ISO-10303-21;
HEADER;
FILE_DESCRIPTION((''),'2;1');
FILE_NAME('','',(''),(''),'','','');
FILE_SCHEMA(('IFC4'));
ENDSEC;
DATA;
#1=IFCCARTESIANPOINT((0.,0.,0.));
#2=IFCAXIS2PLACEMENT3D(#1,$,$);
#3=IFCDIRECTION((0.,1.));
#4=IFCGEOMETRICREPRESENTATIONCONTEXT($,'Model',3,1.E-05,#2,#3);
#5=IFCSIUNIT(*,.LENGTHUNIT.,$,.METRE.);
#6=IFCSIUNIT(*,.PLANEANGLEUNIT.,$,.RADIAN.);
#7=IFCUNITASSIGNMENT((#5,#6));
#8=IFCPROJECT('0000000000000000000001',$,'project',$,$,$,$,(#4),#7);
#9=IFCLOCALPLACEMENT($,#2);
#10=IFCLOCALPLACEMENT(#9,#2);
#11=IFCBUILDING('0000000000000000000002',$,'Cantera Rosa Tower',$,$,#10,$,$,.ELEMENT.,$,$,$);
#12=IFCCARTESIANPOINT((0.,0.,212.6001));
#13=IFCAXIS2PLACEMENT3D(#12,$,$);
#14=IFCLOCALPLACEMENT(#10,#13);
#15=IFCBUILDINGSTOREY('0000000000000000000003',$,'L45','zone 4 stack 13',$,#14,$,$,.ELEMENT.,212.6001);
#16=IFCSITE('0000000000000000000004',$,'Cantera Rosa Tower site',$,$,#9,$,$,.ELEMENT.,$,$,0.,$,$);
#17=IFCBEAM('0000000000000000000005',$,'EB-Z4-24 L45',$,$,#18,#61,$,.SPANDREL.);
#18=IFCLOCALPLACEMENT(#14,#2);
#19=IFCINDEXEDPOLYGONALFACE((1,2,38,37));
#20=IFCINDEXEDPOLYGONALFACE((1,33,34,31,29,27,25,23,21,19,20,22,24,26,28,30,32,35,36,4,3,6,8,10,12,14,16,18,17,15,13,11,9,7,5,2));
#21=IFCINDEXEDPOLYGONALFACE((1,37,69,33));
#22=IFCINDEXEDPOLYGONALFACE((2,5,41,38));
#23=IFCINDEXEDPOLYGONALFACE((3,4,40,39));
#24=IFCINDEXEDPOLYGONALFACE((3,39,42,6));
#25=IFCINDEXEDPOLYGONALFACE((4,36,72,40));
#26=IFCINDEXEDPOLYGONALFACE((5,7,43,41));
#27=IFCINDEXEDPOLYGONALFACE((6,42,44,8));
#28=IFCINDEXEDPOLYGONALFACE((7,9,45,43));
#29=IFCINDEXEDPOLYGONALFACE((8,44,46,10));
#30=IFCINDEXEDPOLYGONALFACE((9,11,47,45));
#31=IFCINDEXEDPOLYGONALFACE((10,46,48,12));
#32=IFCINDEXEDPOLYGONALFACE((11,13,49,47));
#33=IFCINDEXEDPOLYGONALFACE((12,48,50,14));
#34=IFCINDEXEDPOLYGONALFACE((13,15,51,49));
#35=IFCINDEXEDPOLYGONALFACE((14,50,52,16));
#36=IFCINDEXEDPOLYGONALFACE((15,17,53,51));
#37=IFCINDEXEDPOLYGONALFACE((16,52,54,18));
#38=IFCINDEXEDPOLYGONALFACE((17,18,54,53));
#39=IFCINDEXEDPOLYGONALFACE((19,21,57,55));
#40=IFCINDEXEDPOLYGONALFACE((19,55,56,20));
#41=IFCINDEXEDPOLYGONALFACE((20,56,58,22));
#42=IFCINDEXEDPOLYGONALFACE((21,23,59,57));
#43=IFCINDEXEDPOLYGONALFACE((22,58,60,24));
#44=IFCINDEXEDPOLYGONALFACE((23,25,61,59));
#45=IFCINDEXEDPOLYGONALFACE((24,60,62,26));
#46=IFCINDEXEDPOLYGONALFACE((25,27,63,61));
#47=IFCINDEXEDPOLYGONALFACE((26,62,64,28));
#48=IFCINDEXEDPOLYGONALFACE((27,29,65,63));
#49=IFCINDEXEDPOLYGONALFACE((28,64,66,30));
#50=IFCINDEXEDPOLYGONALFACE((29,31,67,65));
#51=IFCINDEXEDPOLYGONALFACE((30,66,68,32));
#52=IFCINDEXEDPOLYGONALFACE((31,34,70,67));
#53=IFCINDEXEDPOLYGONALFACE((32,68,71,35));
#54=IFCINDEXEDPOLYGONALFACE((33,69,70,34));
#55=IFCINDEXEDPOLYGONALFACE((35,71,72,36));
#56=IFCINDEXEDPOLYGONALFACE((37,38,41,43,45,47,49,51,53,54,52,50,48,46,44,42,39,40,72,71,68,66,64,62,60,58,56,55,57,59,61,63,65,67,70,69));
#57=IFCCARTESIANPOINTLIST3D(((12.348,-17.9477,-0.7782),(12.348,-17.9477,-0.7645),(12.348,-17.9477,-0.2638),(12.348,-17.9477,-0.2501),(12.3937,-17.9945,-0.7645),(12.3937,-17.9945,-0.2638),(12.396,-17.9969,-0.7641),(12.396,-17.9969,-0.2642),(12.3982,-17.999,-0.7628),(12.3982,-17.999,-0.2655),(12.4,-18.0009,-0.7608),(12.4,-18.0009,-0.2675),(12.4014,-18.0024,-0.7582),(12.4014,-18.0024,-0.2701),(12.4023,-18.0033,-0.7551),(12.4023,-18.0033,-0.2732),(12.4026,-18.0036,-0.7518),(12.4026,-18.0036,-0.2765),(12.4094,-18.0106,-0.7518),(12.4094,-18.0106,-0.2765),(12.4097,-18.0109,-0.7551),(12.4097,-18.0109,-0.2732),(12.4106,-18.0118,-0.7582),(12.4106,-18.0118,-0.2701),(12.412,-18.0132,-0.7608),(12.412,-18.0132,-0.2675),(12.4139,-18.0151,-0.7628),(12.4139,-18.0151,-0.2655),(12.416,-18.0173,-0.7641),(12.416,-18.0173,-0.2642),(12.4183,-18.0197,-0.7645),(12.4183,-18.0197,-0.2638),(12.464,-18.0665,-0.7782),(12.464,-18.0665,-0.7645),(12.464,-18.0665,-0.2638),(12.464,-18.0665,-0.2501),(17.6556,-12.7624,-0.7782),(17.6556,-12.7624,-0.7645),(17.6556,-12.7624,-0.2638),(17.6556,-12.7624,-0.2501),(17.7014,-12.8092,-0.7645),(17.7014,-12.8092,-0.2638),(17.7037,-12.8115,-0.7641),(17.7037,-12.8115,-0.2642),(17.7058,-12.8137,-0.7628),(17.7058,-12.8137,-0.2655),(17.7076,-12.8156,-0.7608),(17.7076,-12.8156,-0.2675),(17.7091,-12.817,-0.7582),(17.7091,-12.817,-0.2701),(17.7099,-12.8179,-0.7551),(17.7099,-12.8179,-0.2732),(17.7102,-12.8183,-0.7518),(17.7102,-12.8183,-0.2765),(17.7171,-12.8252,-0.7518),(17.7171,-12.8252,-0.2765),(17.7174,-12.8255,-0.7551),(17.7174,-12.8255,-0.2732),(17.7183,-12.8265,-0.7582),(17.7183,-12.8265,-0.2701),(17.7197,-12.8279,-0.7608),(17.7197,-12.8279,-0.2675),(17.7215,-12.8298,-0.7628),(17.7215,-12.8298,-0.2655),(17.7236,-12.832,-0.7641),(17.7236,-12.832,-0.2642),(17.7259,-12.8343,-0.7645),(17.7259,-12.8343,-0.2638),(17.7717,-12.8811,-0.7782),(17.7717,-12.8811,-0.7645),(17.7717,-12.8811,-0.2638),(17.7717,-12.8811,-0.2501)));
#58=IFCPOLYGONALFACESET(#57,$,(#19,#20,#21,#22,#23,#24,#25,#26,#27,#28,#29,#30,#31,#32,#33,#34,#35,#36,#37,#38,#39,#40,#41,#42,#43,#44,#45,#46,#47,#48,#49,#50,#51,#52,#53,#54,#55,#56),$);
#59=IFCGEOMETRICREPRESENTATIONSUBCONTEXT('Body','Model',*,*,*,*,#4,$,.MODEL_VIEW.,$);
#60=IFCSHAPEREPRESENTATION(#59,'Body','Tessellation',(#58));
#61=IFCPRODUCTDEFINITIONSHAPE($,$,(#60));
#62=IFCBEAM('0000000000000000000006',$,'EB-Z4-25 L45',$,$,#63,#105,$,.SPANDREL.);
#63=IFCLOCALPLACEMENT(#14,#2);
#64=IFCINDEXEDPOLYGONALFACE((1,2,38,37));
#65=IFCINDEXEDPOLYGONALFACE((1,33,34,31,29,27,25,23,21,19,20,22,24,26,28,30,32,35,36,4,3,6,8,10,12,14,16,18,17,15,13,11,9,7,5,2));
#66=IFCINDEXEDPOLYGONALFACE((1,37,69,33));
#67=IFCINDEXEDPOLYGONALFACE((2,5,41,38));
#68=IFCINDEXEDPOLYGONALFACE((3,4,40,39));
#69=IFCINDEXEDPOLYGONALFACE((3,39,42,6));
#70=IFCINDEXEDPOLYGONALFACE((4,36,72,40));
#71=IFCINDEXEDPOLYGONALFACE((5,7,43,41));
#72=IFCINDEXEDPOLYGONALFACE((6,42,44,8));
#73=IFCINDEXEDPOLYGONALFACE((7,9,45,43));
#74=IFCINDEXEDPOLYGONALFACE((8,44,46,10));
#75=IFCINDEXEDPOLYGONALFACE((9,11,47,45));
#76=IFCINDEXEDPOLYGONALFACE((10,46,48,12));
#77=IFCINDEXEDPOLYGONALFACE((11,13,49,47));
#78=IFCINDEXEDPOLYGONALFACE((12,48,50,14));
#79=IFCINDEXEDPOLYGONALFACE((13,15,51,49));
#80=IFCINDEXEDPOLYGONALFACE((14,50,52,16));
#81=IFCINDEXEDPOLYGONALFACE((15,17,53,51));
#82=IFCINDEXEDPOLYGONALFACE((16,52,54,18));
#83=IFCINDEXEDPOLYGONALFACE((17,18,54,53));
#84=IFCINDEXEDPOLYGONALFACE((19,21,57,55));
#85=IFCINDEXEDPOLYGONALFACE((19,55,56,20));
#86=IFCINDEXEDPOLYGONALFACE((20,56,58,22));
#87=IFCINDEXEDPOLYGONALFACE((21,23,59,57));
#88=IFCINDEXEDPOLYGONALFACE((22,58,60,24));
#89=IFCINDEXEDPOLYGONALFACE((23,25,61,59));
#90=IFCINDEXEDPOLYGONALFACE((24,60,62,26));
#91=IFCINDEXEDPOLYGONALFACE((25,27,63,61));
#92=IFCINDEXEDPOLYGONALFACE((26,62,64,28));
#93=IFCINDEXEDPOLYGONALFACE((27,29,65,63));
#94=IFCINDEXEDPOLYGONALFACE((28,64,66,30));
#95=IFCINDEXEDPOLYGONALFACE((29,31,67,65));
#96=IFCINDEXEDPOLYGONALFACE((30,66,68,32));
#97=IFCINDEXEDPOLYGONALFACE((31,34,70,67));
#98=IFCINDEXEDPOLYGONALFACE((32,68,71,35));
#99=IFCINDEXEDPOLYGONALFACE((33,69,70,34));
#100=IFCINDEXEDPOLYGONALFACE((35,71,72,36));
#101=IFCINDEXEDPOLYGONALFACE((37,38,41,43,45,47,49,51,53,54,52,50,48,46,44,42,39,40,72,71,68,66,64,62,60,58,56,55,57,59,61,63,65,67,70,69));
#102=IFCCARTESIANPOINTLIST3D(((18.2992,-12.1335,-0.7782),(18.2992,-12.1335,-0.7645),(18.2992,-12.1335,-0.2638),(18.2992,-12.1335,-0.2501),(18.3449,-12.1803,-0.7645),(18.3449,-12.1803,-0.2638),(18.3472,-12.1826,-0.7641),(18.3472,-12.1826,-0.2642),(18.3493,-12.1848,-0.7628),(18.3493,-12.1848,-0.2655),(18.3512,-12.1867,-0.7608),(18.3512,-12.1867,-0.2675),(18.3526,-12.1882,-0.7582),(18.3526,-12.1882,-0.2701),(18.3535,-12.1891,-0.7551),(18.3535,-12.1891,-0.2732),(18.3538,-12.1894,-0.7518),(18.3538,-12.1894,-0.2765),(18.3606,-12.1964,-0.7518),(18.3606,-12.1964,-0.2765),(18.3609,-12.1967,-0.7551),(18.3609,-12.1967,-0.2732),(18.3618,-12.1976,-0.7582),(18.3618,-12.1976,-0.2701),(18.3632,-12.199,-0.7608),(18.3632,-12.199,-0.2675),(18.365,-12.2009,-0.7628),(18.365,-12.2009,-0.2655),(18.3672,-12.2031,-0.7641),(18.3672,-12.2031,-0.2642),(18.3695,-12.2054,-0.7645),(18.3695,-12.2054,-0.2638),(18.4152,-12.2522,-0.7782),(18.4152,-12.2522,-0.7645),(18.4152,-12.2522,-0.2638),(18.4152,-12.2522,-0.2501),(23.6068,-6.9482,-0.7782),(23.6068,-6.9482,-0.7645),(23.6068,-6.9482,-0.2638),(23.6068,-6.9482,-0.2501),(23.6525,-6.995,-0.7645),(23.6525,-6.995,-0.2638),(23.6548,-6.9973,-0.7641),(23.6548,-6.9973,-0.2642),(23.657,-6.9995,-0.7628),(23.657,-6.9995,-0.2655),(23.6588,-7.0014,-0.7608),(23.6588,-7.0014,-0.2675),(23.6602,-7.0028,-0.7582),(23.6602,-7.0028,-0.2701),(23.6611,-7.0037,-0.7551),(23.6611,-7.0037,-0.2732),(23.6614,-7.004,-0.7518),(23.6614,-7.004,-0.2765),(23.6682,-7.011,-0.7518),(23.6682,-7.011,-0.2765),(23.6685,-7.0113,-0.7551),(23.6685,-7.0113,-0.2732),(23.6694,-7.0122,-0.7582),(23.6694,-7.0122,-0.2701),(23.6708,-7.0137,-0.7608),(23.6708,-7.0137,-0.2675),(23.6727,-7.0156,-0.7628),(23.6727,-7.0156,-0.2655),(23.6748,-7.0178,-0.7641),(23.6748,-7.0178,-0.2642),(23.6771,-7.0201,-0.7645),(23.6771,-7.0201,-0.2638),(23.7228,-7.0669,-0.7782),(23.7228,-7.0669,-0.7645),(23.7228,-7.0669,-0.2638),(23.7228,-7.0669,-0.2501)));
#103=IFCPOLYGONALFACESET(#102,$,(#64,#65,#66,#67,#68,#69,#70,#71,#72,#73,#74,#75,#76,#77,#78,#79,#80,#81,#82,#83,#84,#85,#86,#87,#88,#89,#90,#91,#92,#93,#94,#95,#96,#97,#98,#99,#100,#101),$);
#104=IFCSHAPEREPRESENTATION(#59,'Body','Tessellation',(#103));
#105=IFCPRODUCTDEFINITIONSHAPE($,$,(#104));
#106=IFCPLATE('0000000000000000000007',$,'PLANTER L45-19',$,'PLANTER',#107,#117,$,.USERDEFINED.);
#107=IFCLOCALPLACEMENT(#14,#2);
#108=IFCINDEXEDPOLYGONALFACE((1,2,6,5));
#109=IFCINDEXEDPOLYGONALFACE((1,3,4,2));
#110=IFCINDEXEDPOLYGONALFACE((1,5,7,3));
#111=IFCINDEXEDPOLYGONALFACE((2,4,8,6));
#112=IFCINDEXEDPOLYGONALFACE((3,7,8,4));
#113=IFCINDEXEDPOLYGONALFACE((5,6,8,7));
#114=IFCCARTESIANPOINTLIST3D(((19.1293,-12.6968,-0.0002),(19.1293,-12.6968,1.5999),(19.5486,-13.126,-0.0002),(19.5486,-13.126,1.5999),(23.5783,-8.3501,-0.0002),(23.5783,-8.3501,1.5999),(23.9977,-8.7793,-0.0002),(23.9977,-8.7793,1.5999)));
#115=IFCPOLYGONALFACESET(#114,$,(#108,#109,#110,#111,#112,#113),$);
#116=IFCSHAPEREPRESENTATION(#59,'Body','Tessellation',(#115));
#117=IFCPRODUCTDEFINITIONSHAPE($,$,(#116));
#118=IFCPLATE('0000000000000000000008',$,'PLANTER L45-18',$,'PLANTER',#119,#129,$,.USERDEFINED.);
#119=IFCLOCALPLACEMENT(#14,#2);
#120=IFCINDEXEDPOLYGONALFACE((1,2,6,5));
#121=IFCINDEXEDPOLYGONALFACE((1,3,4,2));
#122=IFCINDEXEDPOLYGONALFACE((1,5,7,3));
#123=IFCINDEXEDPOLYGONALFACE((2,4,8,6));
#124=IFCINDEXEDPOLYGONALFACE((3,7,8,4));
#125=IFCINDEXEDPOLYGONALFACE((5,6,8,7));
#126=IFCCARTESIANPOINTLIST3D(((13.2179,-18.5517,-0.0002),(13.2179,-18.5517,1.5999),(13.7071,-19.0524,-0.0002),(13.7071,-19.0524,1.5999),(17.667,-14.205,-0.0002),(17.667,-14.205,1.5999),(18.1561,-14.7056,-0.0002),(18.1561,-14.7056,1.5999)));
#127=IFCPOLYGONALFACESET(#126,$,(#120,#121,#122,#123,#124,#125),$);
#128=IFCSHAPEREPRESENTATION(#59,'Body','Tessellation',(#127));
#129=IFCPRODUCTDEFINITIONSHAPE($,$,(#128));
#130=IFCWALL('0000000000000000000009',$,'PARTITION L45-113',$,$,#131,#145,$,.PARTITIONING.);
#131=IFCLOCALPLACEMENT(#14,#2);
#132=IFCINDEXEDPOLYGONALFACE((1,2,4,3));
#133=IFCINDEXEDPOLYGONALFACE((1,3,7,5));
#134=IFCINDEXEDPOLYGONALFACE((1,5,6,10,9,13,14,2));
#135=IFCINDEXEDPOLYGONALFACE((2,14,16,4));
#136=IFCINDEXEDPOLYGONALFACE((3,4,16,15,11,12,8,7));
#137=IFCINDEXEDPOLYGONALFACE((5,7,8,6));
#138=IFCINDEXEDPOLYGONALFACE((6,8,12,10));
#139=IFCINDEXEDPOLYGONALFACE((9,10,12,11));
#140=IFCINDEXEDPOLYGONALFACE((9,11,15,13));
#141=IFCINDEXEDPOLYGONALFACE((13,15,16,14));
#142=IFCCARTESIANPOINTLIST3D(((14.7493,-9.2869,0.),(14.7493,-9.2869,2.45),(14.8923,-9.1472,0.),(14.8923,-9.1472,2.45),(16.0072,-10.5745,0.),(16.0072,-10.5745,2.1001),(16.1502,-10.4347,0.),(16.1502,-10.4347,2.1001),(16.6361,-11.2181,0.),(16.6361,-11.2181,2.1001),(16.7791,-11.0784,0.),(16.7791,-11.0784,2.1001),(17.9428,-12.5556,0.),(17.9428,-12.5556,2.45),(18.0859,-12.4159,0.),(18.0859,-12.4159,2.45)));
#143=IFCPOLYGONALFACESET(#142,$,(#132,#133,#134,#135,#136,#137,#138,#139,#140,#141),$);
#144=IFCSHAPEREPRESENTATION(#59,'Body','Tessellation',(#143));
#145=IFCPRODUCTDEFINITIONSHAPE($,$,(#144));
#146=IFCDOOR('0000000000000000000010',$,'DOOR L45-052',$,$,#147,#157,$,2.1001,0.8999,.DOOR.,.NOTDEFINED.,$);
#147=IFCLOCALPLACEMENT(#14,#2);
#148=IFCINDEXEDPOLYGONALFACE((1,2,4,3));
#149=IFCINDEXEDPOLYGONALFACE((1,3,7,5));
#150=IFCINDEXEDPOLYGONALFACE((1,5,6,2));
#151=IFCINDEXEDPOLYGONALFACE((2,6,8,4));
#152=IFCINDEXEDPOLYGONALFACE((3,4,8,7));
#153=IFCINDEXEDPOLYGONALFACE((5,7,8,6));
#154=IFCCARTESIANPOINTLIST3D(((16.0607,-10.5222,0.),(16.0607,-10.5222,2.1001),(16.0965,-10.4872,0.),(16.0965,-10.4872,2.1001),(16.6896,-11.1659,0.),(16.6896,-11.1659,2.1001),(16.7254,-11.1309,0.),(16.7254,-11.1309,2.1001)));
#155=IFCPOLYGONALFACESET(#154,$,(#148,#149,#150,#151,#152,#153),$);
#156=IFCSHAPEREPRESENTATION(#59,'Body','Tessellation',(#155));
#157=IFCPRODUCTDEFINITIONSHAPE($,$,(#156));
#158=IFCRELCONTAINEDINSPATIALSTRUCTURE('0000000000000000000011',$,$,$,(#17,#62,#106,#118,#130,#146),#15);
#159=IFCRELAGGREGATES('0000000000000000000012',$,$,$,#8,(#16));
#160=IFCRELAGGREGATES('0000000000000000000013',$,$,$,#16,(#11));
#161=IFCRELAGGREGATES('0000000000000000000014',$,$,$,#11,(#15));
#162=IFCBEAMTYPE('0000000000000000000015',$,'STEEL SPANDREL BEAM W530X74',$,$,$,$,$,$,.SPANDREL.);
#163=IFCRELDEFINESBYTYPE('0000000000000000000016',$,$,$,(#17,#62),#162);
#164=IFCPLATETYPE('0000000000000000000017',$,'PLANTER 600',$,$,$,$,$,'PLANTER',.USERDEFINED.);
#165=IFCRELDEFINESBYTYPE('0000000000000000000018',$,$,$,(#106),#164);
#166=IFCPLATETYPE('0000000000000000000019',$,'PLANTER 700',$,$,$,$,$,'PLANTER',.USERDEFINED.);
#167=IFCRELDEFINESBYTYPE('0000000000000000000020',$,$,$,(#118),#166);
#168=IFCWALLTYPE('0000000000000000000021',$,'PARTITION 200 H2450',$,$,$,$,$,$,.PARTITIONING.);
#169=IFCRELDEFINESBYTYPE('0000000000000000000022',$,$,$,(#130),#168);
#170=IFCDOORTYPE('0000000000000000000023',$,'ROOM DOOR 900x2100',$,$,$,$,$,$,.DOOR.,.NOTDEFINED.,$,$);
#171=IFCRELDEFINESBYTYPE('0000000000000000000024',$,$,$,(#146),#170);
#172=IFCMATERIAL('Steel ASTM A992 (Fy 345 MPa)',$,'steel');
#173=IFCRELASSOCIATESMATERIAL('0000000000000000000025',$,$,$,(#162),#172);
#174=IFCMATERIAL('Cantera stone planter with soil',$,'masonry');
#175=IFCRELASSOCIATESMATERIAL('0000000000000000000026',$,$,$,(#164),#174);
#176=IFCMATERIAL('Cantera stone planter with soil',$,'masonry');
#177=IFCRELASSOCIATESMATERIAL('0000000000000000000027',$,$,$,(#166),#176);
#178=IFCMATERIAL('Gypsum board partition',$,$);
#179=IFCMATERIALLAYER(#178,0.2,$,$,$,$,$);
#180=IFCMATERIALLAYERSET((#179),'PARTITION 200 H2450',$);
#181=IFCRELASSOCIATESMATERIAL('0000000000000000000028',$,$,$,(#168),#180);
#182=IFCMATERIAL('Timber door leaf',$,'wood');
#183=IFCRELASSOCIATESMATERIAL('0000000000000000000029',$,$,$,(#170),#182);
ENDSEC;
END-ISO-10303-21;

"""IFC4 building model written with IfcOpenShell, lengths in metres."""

from ifc_helpers import new_model, si_unit, direction, frame, frame_2d, origin, origin_2d, place, context, subcontext, project, spatial, rectangle, i_section, extrude, material, layer, layer_set, material_profile, profile_set, type_object, element, fill, save


model = new_model("IFC4")

# Units and contexts
model_context = context("Model", 3, precision=1e-05, world=origin(), true_north=direction((0.0, 1.0)))
body_context = subcontext(model_context, "Body", "Model", "MODEL_VIEW")
ifc_project = project(units=[si_unit("LENGTHUNIT", "METRE"), si_unit("PLANEANGLEUNIT", "RADIAN")], contexts=[model_context])

# Site, building, storey
site_placement = place(None, origin())
site = spatial("IfcSite", under=ifc_project, at=site_placement, Name="Cantera Rosa Tower site", CompositionType="ELEMENT", RefElevation=0.0)
building_placement = place(site_placement, origin())
building = spatial("IfcBuilding", under=site, at=building_placement, Name="Cantera Rosa Tower", CompositionType="ELEMENT")
storey_placement = place(building_placement, frame((0.0, 0.0, 212.6001)))
storey = spatial("IfcBuildingStorey", under=building, at=storey_placement, Name="L45", Description="zone 4 stack 13", CompositionType="ELEMENT", Elevation=212.6001)

# Beams
ifc_material_1 = material(Name="Steel ASTM A992 (Fy 345 MPa)", Category="steel")
ifc_material_profile_1 = material_profile(ifc_material_1, i_section(OverallWidth=0.166, OverallDepth=0.5281, WebThickness=0.0098, FlangeThickness=0.0137, FilletRadius=0.0127, at=origin_2d()), Name="W530X74")
ifc_profile_set_1 = profile_set([ifc_material_profile_1], Name="Steel ASTM A992 (Fy 345 MPa)")
beam_type_1 = type_object("IfcBeamType", Name="STEEL SPANDREL BEAM W530X74", PredefinedType="SPANDREL", material=ifc_profile_set_1)
for number, where, z_axis, x_axis, name in (
    (1, (12.406, -18.0071, -0.5142), (0.715301, 0.698817, 0.0), (-0.698817, 0.715301, 0.0), "EB-Z4-24 L45"),
    (2, (18.3572, -12.1929, -0.5142), (0.715301, 0.698817, 0.0), (-0.698817, 0.715301, 0.0), "EB-Z4-25 L45"),
):
    element("IfcBeam", number, at=place(storey_placement, frame(where, z_axis=z_axis, x_axis=x_axis)), inside=storey, type_object=beam_type_1, Name=name, PredefinedType="SPANDREL", context=body_context, shape_type="SweptSolid", body=[
        extrude(i_section(OverallWidth=0.166, OverallDepth=0.5281, WebThickness=0.0098, FlangeThickness=0.0137, FilletRadius=0.0127, at=origin_2d()), origin(), (0.0, 0.0, 1.0), 7.4202),
    ])

# Plates
ifc_material_2 = material(Name="Cantera stone planter with soil", Category="masonry")
plate_type_1 = type_object("IfcPlateType", Name="PLANTER 600", ElementType="PLANTER", PredefinedType="USERDEFINED", material=ifc_material_2)
plate_1_placement = place(storey_placement, frame((21.5635, -10.738, -0.0002), z_axis=(0.0, 0.0, 1.0), x_axis=(0.715286, 0.698832, 0.0)))
element("IfcPlate", 3, at=plate_1_placement, inside=storey, type_object=plate_type_1, Name="PLANTER L45-19", ObjectType="PLANTER", PredefinedType="USERDEFINED", context=body_context, shape_type="SweptSolid", body=[
    extrude(rectangle(XDim=6.22, YDim=0.6001, at=origin_2d()), origin(), (0.0, 0.0, 1.0), 1.6001),
])
ifc_material_3 = material(Name="Cantera stone planter with soil", Category="masonry")
plate_type_2 = type_object("IfcPlateType", Name="PLANTER 700", ElementType="PLANTER", PredefinedType="USERDEFINED", material=ifc_material_3)
plate_2_placement = place(storey_placement, frame((15.687, -16.6287, -0.0002), z_axis=(0.0, 0.0, 1.0), x_axis=(0.715286, 0.698832, 0.0)))
element("IfcPlate", 4, at=plate_2_placement, inside=storey, type_object=plate_type_2, Name="PLANTER L45-18", ObjectType="PLANTER", PredefinedType="USERDEFINED", context=body_context, shape_type="SweptSolid", body=[
    extrude(rectangle(XDim=6.22, YDim=0.7, at=origin_2d()), origin(), (0.0, 0.0, 1.0), 1.6001),
])

# Wall, opening, door
ifc_material_4 = material(Name="Gypsum board partition")
ifc_layer_1 = layer(ifc_material_4, 0.2)
ifc_layer_set_1 = layer_set([ifc_layer_1], Name="PARTITION 200 H2450")
wall_type_1 = type_object("IfcWallType", Name="PARTITION 200 H2450", PredefinedType="PARTITIONING", material=ifc_layer_set_1)
wall_1_placement = place(storey_placement, frame((14.8208, -9.217, 0.0), z_axis=(0.0, 0.0, 1.0), x_axis=(0.698832, -0.715286, 0.0)))
wall_1 = element("IfcWall", 5, at=wall_1_placement, inside=storey, type_object=wall_type_1, Name="PARTITION L45-113", PredefinedType="PARTITIONING", context=body_context, shape_type="SweptSolid", body=[
    extrude(rectangle(XDim=4.5698, YDim=0.2, at=frame_2d((2.2849, 0.0))), origin(), (0.0, 0.0, 1.0), 2.45),
])
opening_1_placement = place(wall_1_placement, frame((1.8, 0.0, 0.0)))
opening_1 = element("IfcOpeningElement", 6, at=opening_1_placement, cuts=wall_1, PredefinedType="OPENING", context=body_context, shape_type="SweptSolid", body=[
    extrude(rectangle(XDim=0.8999, YDim=2.1001, at=frame_2d((0.45, 1.05))), frame((0.0, 0.1099, 0.0), z_axis=(0.0, -1.0, 0.0), x_axis=(1.0, 0.0, 0.0)), (0.0, 0.0, 1.0), 0.22),
])
ifc_material_5 = material(Name="Timber door leaf", Category="wood")
door_type_1 = type_object("IfcDoorType", Name="ROOM DOOR 900x2100", OperationType="NOTDEFINED", PredefinedType="DOOR", material=ifc_material_5)
door_1_placement = place(opening_1_placement, origin())
door_1 = element("IfcDoor", 7, at=door_1_placement, inside=storey, type_object=door_type_1, Name="DOOR L45-052", OperationType="NOTDEFINED", OverallHeight=2.1001, OverallWidth=0.8999, PredefinedType="DOOR", context=body_context, shape_type="SweptSolid", body=[
    extrude(rectangle(XDim=0.8999, YDim=2.1001, at=frame_2d((0.45, 1.05))), frame((0.0, 0.0249, 0.0), z_axis=(0.0, -1.0, 0.0), x_axis=(1.0, 0.0, 0.0)), (0.0, 0.0, 1.0), 0.05),
])
fill(opening_1, door_1)

save(model, "model.ifc")
